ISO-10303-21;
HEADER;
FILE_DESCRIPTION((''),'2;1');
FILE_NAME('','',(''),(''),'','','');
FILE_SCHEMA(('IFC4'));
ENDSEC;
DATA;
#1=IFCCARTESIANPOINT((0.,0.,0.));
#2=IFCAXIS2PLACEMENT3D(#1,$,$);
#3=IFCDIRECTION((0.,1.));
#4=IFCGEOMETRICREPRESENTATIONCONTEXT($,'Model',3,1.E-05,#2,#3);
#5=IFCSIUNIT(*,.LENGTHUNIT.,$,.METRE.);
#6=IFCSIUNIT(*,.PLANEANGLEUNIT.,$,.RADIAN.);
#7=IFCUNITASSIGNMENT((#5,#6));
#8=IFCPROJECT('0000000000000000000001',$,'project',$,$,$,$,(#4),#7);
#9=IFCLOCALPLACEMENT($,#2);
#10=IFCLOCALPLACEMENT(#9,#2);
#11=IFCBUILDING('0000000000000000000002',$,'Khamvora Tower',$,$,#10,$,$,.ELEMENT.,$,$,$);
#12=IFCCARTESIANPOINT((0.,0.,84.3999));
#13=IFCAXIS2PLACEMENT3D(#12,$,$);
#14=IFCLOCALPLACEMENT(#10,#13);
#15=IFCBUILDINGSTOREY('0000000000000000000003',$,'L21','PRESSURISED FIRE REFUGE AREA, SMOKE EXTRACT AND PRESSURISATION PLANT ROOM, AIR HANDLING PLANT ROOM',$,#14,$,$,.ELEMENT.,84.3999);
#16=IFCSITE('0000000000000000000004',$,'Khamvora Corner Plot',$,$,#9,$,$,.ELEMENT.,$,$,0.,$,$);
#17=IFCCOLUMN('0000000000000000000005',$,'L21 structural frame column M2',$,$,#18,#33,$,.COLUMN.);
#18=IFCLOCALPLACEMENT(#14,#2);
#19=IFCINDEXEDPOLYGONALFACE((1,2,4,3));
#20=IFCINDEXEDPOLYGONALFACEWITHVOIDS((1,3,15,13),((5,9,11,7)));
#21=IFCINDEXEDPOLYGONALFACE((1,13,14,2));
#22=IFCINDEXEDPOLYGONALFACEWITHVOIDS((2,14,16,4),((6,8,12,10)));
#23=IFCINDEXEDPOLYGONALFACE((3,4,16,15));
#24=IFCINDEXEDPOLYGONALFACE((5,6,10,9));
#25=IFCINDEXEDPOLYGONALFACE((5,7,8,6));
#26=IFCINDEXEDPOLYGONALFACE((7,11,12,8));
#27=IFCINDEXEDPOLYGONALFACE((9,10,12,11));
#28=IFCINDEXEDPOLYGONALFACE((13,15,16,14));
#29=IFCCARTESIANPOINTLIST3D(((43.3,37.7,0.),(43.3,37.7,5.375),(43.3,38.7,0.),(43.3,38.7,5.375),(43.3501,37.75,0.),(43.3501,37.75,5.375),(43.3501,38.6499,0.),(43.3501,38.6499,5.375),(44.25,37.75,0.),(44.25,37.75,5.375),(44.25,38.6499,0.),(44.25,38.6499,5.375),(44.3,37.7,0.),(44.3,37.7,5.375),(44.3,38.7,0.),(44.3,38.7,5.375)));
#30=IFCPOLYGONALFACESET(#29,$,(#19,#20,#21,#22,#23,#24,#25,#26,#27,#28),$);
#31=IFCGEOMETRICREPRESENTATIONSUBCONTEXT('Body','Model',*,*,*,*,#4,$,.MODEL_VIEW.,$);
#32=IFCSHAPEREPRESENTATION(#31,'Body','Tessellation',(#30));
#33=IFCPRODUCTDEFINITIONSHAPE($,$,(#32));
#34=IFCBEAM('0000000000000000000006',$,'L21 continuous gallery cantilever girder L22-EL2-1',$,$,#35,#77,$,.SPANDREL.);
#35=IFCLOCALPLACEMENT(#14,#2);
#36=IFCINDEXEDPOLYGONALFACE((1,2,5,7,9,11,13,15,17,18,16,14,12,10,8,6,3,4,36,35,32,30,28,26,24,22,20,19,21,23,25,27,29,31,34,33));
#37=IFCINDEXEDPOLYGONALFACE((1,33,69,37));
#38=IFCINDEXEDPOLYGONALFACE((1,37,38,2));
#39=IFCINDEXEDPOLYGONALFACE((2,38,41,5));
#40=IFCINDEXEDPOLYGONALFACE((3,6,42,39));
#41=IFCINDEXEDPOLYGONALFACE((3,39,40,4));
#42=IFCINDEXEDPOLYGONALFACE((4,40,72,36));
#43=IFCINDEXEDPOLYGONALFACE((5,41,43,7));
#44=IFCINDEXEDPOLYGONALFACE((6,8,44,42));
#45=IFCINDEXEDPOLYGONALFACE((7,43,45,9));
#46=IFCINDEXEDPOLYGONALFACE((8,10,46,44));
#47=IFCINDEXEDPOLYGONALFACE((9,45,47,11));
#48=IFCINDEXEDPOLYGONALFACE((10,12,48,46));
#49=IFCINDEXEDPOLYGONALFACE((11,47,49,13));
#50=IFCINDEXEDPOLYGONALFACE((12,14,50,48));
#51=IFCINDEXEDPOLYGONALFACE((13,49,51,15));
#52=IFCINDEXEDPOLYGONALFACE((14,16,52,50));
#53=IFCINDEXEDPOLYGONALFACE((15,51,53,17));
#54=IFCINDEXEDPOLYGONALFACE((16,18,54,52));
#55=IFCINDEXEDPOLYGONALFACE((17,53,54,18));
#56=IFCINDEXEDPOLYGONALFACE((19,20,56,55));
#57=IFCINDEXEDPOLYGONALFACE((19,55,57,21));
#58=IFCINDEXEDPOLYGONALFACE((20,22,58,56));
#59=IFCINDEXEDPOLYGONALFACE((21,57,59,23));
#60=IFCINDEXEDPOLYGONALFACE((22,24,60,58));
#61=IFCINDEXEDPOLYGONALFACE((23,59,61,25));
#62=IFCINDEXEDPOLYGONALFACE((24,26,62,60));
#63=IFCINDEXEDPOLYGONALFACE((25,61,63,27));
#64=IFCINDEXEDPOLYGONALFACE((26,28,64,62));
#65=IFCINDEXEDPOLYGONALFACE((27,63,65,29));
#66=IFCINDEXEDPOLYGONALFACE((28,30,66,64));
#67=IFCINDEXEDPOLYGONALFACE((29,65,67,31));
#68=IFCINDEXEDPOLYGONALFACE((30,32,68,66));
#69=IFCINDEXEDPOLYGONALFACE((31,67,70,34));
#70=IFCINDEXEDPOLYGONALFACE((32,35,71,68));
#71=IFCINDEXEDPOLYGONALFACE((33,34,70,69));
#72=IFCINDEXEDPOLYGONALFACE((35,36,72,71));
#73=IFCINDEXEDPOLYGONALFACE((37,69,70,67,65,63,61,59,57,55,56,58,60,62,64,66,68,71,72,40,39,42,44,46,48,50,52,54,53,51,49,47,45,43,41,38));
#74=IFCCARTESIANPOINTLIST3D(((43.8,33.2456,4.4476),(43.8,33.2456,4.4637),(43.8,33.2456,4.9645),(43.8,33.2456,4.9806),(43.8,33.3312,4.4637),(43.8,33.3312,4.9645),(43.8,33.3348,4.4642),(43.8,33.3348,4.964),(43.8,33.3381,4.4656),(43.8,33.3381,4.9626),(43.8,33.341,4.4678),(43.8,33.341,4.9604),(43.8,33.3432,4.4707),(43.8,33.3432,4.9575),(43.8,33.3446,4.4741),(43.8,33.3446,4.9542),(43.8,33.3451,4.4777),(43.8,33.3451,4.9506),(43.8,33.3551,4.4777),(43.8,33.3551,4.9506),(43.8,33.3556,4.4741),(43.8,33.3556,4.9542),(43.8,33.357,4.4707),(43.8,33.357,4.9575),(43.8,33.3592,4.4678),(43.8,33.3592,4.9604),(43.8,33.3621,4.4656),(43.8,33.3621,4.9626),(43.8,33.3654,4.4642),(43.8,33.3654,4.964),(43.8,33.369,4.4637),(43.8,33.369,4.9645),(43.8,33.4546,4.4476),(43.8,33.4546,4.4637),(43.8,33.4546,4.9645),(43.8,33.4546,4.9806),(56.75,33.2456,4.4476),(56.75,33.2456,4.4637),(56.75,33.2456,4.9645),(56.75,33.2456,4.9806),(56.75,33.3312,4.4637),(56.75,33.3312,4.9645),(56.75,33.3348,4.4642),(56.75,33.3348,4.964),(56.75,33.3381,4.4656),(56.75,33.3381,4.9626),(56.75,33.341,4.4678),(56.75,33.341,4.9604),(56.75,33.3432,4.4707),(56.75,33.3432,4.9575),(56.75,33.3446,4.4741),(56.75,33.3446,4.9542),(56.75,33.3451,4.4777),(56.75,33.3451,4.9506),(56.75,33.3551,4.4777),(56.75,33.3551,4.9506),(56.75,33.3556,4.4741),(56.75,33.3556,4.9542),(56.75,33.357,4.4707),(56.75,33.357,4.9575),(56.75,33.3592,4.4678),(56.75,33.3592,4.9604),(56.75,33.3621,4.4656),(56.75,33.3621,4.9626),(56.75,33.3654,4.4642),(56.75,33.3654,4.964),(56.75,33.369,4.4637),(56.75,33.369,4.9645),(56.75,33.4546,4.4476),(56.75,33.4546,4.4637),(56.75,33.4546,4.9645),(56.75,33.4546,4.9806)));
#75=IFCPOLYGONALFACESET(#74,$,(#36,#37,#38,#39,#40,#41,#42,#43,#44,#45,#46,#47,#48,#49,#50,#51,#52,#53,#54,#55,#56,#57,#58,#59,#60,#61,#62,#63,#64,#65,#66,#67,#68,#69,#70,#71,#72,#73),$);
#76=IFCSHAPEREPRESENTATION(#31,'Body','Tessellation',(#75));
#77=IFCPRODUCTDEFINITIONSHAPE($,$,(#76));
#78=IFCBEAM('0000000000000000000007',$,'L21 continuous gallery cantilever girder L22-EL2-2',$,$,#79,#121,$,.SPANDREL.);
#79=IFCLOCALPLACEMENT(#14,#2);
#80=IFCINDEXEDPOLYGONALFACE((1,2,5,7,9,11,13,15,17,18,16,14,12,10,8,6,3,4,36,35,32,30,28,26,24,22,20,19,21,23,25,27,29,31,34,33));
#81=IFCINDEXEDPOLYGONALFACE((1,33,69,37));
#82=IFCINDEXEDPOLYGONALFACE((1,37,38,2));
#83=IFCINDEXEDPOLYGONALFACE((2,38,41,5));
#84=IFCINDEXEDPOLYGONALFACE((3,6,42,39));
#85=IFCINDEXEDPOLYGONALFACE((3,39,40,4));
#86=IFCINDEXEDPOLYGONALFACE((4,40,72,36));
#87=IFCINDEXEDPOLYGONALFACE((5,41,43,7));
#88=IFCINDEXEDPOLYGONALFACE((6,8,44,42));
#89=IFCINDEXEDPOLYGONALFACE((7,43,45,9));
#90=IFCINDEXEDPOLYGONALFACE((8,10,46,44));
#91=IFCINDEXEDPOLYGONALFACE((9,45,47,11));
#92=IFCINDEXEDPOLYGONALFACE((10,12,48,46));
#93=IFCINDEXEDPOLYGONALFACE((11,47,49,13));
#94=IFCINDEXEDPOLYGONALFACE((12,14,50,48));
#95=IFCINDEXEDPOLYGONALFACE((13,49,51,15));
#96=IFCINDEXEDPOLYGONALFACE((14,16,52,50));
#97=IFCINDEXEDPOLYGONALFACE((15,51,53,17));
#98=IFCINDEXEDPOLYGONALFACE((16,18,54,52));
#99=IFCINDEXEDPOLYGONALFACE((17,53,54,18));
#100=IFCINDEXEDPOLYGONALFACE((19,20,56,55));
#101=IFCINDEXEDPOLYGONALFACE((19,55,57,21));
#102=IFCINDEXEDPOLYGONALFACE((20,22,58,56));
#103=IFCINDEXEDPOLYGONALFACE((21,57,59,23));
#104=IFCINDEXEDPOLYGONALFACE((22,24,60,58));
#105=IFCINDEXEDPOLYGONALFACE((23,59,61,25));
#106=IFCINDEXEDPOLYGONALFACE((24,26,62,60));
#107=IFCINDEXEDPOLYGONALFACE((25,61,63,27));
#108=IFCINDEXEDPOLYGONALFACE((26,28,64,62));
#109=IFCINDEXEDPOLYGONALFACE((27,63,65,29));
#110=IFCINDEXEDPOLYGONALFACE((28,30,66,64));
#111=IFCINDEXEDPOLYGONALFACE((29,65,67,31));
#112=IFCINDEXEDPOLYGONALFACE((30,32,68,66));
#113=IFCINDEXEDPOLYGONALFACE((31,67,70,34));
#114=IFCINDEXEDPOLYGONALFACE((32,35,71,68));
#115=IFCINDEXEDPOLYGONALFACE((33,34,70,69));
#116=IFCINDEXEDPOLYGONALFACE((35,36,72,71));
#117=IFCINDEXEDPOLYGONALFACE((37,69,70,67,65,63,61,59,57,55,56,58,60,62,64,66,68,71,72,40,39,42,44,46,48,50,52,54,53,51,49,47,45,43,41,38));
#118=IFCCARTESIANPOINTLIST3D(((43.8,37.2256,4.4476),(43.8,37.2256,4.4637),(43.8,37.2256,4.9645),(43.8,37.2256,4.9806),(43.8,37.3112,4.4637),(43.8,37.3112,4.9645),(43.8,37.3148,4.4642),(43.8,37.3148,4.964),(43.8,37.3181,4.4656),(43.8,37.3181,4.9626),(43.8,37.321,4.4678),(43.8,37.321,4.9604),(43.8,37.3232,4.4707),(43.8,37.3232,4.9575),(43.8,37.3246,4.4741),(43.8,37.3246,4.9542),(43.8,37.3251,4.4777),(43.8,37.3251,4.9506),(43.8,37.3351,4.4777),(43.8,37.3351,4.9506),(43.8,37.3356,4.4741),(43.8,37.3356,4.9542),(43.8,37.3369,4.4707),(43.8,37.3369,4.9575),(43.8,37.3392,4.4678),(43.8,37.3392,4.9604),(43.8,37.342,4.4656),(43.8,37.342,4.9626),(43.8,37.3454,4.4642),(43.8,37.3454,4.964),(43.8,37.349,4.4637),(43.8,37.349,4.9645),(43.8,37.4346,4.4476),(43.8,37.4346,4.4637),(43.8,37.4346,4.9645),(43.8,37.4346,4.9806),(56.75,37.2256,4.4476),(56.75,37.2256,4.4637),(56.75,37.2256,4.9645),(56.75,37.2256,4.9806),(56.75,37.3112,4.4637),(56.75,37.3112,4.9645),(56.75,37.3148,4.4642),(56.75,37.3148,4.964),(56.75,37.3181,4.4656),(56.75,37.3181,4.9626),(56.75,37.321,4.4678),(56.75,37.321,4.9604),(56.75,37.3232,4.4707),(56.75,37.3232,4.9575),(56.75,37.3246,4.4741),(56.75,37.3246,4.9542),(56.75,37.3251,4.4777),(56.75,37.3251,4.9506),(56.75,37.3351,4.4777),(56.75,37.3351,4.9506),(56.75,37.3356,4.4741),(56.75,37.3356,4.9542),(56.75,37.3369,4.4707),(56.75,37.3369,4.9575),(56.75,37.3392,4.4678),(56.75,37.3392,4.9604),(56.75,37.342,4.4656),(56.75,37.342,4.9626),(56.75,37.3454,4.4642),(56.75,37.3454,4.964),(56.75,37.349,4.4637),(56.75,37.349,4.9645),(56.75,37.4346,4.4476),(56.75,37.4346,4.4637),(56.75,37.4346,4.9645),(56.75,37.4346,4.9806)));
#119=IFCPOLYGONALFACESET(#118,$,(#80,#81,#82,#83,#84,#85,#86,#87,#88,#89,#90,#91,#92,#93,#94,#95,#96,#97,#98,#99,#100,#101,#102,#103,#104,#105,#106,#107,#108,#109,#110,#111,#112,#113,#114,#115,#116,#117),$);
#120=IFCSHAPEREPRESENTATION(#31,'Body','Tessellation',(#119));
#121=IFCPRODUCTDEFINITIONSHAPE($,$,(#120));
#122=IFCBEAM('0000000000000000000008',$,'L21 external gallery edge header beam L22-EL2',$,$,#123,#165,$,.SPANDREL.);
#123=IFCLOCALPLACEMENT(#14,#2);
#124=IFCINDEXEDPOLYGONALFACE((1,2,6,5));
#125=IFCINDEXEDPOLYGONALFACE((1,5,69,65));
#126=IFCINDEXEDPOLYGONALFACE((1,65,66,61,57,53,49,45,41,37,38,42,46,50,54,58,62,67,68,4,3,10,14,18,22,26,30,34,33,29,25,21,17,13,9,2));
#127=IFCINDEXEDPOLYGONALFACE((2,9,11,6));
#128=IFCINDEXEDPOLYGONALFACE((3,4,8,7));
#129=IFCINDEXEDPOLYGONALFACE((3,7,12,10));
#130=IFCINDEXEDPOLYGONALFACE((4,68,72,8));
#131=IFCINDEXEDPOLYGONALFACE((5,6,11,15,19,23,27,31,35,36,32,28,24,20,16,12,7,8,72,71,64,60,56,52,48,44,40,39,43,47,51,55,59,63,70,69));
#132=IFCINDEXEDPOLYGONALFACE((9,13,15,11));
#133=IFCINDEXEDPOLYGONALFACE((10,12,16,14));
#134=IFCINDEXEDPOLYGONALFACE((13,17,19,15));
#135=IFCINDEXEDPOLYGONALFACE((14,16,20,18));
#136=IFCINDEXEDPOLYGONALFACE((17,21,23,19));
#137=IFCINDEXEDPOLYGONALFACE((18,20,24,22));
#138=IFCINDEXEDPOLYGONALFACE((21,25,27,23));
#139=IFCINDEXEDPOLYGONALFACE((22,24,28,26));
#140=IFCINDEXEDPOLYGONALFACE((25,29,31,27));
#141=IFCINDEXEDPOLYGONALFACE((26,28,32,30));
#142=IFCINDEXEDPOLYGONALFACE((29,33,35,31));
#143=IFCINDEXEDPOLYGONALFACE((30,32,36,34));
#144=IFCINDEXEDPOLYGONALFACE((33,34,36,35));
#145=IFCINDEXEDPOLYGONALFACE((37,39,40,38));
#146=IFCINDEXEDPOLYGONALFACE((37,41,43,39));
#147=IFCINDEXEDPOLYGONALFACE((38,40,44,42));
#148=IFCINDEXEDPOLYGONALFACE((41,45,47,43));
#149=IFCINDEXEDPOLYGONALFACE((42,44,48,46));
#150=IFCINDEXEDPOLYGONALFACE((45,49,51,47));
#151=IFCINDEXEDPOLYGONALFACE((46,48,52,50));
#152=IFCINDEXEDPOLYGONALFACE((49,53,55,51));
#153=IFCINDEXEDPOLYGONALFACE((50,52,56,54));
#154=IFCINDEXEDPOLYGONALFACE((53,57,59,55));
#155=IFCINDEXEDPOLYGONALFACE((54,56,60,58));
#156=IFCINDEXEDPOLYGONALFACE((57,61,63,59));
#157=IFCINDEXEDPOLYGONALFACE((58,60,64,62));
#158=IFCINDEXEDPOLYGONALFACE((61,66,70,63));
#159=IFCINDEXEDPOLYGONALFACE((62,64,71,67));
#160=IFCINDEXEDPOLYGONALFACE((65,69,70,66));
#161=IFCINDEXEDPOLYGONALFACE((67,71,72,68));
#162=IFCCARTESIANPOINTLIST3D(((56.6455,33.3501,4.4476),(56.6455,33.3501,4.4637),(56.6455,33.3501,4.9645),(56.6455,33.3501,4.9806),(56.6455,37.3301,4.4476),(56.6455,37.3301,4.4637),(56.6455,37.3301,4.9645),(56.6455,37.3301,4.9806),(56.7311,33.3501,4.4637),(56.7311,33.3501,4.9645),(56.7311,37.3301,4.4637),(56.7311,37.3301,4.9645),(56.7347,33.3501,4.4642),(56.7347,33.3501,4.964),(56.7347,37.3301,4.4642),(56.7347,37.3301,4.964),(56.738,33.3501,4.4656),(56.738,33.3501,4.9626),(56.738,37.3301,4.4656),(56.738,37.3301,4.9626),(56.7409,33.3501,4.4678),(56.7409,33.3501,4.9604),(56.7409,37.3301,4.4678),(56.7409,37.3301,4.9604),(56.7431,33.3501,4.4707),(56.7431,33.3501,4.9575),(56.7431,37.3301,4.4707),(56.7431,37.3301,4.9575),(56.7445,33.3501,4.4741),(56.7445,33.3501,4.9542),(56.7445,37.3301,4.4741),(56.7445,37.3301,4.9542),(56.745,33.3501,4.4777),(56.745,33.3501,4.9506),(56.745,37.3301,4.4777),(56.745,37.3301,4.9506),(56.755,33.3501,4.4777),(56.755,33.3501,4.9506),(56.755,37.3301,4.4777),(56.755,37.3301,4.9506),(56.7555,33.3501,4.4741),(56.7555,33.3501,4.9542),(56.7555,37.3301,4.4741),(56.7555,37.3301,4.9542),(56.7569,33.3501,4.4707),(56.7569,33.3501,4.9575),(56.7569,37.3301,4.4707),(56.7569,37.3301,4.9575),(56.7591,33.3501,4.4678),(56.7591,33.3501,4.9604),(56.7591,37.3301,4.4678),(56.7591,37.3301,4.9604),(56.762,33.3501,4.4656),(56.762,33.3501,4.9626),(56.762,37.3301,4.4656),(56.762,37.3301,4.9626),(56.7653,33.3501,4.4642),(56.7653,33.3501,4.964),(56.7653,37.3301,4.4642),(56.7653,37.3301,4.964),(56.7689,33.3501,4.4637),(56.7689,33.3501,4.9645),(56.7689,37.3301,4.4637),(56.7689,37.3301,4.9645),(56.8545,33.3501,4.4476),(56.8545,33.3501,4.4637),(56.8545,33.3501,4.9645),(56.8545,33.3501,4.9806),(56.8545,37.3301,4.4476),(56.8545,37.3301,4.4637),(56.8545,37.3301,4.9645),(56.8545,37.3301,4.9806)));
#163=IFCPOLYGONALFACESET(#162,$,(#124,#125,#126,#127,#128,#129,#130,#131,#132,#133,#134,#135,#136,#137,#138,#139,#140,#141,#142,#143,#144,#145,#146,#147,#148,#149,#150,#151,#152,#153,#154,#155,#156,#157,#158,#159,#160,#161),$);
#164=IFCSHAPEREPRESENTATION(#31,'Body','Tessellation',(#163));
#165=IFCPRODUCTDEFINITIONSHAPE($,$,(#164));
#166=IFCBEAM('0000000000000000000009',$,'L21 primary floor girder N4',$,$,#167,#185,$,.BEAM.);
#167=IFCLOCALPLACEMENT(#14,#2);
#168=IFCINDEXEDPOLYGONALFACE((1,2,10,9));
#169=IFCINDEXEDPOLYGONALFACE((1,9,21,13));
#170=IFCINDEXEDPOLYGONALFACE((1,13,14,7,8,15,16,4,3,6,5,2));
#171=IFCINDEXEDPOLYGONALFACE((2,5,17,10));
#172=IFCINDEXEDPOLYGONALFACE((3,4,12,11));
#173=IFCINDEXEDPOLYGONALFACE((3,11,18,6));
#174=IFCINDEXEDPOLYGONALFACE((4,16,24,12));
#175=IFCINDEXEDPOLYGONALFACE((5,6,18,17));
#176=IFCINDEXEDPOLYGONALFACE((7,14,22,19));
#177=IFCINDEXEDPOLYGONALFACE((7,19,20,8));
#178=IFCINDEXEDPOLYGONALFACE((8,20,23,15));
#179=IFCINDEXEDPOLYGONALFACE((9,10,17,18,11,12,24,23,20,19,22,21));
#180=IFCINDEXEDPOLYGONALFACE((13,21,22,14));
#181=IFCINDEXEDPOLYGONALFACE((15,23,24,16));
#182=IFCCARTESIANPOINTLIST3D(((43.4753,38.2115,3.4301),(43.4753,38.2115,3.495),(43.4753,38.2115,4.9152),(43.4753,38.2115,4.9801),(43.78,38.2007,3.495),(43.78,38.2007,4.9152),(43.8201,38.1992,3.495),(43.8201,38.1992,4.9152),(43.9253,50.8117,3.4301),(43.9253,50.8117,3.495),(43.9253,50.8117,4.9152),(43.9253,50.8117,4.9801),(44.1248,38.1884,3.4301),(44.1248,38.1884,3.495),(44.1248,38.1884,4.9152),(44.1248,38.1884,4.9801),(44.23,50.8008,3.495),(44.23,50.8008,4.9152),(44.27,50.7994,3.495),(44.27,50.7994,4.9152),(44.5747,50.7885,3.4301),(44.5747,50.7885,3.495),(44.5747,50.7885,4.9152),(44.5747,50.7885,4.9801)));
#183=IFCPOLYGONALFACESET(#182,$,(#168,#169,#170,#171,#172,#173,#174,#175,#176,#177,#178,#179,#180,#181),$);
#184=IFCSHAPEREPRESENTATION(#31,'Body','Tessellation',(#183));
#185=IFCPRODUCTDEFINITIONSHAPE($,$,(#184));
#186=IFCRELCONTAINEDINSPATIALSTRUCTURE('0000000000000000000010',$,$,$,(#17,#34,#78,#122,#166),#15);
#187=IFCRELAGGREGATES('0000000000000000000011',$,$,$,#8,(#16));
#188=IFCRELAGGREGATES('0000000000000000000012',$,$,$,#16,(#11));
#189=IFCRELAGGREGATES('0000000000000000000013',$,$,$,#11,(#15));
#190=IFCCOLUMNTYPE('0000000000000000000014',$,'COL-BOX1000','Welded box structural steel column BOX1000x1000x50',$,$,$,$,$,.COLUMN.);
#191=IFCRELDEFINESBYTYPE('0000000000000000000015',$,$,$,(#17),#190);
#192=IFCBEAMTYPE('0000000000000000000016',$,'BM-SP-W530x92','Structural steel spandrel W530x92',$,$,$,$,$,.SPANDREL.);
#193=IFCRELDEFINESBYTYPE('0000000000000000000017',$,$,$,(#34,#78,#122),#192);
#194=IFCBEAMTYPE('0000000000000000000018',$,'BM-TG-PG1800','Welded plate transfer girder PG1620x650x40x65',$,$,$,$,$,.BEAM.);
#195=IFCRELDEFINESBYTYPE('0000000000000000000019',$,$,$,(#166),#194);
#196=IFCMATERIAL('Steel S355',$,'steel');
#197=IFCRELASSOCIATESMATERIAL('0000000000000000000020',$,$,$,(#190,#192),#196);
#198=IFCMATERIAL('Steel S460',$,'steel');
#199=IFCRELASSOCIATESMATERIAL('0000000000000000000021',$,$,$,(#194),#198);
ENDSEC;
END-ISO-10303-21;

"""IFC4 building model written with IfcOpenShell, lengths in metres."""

from ifc_helpers import new_model, si_unit, direction, frame, origin, origin_2d, place, context, subcontext, project, spatial, hollow_rectangle, i_section, extrude, material, material_profile, profile_set, type_object, element, save


model = new_model("IFC4")

# Units and contexts
model_context = context("Model", 3, precision=1e-05, world=origin(), true_north=direction((0.0, 1.0)))
body_context = subcontext(model_context, "Body", "Model", "MODEL_VIEW")
ifc_project = project(units=[si_unit("LENGTHUNIT", "METRE"), si_unit("PLANEANGLEUNIT", "RADIAN")], contexts=[model_context])

# Site, building, storey
site_placement = place(None, origin())
site = spatial("IfcSite", under=ifc_project, at=site_placement, Name="Khamvora Corner Plot", CompositionType="ELEMENT", RefElevation=0.0)
building_placement = place(site_placement, origin())
building = spatial("IfcBuilding", under=site, at=building_placement, Name="Khamvora Tower", CompositionType="ELEMENT")
storey_placement = place(building_placement, frame((0.0, 0.0, 84.3999)))
storey = spatial("IfcBuildingStorey", under=building, at=storey_placement, Name="L21", Description="PRESSURISED FIRE REFUGE AREA, SMOKE EXTRACT AND PRESSURISATION PLANT ROOM, AIR HANDLING PLANT ROOM", CompositionType="ELEMENT", Elevation=84.3999)

# Column
ifc_material_1 = material(Name="Steel S355", Category="steel")
ifc_material_profile_1 = material_profile(ifc_material_1, hollow_rectangle(XDim=1.0, YDim=1.0, WallThickness=0.05, at=origin_2d()), Name="BOX1000x1000x50")
ifc_profile_set_1 = profile_set([ifc_material_profile_1], Name="Steel S355")
column_type = type_object("IfcColumnType", Name="COL-BOX1000", Description="Welded box structural steel column BOX1000x1000x50", PredefinedType="COLUMN", material=ifc_profile_set_1)
column_placement = place(storey_placement, frame((43.8, 38.2, 0.0), z_axis=(0.0, 0.0, 1.0), x_axis=(1.0, 0.0, 0.0)))
element("IfcColumn", 1, at=column_placement, inside=storey, type_object=column_type, Name="L21 structural frame column M2", PredefinedType="COLUMN", context=body_context, shape_type="SweptSolid", body=[
    extrude(hollow_rectangle(XDim=1.0, YDim=1.0, WallThickness=0.05, at=origin_2d()), origin(), (0.0, 0.0, 1.0), 5.375),
])

# Beams
ifc_material_profile_2 = material_profile(ifc_material_1, i_section(OverallWidth=0.209, OverallDepth=0.533, WebThickness=0.01, FlangeThickness=0.0161, FilletRadius=0.0139, at=origin_2d()), Name="W530x92")
ifc_profile_set_2 = profile_set([ifc_material_profile_2], Name="Steel S355")
beam_type_1 = type_object("IfcBeamType", Name="BM-SP-W530x92", Description="Structural steel spandrel W530x92", PredefinedType="SPANDREL", material=ifc_profile_set_2)
for number, where, z_axis, x_axis, name in (
    (2, (43.8, 33.3501, 4.7141), (1.0, 0.0, 0.0), (0.0, 1.0, 0.0), "L21 continuous gallery cantilever girder L22-EL2-1"),
    (3, (43.8, 37.3301, 4.7141), (1.0, 0.0, 0.0), (0.0, 1.0, 0.0), "L21 continuous gallery cantilever girder L22-EL2-2"),
):
    element("IfcBeam", number, at=place(storey_placement, frame(where, z_axis=z_axis, x_axis=x_axis)), inside=storey, type_object=beam_type_1, Name=name, PredefinedType="SPANDREL", context=body_context, shape_type="SweptSolid", body=[
        extrude(i_section(OverallWidth=0.209, OverallDepth=0.533, WebThickness=0.01, FlangeThickness=0.0161, FilletRadius=0.0139, at=origin_2d()), origin(), (0.0, 0.0, 1.0), 12.95),
    ])
beam_1_placement = place(storey_placement, frame((56.75, 33.3501, 4.7141), z_axis=(0.0, 1.0, 0.0), x_axis=(-1.0, 0.0, 0.0)))
element("IfcBeam", 4, at=beam_1_placement, inside=storey, type_object=beam_type_1, Name="L21 external gallery edge header beam L22-EL2", PredefinedType="SPANDREL", context=body_context, shape_type="SweptSolid", body=[
    extrude(i_section(OverallWidth=0.209, OverallDepth=0.533, WebThickness=0.01, FlangeThickness=0.0161, FilletRadius=0.0139, at=origin_2d()), origin(), (0.0, 0.0, 1.0), 3.98),
])
ifc_material_2 = material(Name="Steel S460", Category="steel")
ifc_material_profile_3 = material_profile(ifc_material_2, i_section(OverallWidth=0.6499, OverallDepth=1.55, WebThickness=0.04, FlangeThickness=0.0649, at=origin_2d()), Name="PG1550x650x40x65")
ifc_profile_set_3 = profile_set([ifc_material_profile_3], Name="Steel S460")
beam_type_2 = type_object("IfcBeamType", Name="BM-TG-PG1800", Description="Welded plate transfer girder PG1620x650x40x65", PredefinedType="BEAM", material=ifc_profile_set_3)
beam_2_placement = place(storey_placement, frame((43.8, 38.2, 4.2051), z_axis=(0.035687, 0.999363, 0.0), x_axis=(-0.999363, 0.035687, 0.0)))
element("IfcBeam", 5, at=beam_2_placement, inside=storey, type_object=beam_type_2, Name="L21 primary floor girder N4", PredefinedType="BEAM", context=body_context, shape_type="SweptSolid", body=[
    extrude(i_section(OverallWidth=0.6499, OverallDepth=1.55, WebThickness=0.04, FlangeThickness=0.0649, at=origin_2d()), origin(), (0.0, 0.0, 1.0), 12.6082),
])

save(model, "model.ifc")
